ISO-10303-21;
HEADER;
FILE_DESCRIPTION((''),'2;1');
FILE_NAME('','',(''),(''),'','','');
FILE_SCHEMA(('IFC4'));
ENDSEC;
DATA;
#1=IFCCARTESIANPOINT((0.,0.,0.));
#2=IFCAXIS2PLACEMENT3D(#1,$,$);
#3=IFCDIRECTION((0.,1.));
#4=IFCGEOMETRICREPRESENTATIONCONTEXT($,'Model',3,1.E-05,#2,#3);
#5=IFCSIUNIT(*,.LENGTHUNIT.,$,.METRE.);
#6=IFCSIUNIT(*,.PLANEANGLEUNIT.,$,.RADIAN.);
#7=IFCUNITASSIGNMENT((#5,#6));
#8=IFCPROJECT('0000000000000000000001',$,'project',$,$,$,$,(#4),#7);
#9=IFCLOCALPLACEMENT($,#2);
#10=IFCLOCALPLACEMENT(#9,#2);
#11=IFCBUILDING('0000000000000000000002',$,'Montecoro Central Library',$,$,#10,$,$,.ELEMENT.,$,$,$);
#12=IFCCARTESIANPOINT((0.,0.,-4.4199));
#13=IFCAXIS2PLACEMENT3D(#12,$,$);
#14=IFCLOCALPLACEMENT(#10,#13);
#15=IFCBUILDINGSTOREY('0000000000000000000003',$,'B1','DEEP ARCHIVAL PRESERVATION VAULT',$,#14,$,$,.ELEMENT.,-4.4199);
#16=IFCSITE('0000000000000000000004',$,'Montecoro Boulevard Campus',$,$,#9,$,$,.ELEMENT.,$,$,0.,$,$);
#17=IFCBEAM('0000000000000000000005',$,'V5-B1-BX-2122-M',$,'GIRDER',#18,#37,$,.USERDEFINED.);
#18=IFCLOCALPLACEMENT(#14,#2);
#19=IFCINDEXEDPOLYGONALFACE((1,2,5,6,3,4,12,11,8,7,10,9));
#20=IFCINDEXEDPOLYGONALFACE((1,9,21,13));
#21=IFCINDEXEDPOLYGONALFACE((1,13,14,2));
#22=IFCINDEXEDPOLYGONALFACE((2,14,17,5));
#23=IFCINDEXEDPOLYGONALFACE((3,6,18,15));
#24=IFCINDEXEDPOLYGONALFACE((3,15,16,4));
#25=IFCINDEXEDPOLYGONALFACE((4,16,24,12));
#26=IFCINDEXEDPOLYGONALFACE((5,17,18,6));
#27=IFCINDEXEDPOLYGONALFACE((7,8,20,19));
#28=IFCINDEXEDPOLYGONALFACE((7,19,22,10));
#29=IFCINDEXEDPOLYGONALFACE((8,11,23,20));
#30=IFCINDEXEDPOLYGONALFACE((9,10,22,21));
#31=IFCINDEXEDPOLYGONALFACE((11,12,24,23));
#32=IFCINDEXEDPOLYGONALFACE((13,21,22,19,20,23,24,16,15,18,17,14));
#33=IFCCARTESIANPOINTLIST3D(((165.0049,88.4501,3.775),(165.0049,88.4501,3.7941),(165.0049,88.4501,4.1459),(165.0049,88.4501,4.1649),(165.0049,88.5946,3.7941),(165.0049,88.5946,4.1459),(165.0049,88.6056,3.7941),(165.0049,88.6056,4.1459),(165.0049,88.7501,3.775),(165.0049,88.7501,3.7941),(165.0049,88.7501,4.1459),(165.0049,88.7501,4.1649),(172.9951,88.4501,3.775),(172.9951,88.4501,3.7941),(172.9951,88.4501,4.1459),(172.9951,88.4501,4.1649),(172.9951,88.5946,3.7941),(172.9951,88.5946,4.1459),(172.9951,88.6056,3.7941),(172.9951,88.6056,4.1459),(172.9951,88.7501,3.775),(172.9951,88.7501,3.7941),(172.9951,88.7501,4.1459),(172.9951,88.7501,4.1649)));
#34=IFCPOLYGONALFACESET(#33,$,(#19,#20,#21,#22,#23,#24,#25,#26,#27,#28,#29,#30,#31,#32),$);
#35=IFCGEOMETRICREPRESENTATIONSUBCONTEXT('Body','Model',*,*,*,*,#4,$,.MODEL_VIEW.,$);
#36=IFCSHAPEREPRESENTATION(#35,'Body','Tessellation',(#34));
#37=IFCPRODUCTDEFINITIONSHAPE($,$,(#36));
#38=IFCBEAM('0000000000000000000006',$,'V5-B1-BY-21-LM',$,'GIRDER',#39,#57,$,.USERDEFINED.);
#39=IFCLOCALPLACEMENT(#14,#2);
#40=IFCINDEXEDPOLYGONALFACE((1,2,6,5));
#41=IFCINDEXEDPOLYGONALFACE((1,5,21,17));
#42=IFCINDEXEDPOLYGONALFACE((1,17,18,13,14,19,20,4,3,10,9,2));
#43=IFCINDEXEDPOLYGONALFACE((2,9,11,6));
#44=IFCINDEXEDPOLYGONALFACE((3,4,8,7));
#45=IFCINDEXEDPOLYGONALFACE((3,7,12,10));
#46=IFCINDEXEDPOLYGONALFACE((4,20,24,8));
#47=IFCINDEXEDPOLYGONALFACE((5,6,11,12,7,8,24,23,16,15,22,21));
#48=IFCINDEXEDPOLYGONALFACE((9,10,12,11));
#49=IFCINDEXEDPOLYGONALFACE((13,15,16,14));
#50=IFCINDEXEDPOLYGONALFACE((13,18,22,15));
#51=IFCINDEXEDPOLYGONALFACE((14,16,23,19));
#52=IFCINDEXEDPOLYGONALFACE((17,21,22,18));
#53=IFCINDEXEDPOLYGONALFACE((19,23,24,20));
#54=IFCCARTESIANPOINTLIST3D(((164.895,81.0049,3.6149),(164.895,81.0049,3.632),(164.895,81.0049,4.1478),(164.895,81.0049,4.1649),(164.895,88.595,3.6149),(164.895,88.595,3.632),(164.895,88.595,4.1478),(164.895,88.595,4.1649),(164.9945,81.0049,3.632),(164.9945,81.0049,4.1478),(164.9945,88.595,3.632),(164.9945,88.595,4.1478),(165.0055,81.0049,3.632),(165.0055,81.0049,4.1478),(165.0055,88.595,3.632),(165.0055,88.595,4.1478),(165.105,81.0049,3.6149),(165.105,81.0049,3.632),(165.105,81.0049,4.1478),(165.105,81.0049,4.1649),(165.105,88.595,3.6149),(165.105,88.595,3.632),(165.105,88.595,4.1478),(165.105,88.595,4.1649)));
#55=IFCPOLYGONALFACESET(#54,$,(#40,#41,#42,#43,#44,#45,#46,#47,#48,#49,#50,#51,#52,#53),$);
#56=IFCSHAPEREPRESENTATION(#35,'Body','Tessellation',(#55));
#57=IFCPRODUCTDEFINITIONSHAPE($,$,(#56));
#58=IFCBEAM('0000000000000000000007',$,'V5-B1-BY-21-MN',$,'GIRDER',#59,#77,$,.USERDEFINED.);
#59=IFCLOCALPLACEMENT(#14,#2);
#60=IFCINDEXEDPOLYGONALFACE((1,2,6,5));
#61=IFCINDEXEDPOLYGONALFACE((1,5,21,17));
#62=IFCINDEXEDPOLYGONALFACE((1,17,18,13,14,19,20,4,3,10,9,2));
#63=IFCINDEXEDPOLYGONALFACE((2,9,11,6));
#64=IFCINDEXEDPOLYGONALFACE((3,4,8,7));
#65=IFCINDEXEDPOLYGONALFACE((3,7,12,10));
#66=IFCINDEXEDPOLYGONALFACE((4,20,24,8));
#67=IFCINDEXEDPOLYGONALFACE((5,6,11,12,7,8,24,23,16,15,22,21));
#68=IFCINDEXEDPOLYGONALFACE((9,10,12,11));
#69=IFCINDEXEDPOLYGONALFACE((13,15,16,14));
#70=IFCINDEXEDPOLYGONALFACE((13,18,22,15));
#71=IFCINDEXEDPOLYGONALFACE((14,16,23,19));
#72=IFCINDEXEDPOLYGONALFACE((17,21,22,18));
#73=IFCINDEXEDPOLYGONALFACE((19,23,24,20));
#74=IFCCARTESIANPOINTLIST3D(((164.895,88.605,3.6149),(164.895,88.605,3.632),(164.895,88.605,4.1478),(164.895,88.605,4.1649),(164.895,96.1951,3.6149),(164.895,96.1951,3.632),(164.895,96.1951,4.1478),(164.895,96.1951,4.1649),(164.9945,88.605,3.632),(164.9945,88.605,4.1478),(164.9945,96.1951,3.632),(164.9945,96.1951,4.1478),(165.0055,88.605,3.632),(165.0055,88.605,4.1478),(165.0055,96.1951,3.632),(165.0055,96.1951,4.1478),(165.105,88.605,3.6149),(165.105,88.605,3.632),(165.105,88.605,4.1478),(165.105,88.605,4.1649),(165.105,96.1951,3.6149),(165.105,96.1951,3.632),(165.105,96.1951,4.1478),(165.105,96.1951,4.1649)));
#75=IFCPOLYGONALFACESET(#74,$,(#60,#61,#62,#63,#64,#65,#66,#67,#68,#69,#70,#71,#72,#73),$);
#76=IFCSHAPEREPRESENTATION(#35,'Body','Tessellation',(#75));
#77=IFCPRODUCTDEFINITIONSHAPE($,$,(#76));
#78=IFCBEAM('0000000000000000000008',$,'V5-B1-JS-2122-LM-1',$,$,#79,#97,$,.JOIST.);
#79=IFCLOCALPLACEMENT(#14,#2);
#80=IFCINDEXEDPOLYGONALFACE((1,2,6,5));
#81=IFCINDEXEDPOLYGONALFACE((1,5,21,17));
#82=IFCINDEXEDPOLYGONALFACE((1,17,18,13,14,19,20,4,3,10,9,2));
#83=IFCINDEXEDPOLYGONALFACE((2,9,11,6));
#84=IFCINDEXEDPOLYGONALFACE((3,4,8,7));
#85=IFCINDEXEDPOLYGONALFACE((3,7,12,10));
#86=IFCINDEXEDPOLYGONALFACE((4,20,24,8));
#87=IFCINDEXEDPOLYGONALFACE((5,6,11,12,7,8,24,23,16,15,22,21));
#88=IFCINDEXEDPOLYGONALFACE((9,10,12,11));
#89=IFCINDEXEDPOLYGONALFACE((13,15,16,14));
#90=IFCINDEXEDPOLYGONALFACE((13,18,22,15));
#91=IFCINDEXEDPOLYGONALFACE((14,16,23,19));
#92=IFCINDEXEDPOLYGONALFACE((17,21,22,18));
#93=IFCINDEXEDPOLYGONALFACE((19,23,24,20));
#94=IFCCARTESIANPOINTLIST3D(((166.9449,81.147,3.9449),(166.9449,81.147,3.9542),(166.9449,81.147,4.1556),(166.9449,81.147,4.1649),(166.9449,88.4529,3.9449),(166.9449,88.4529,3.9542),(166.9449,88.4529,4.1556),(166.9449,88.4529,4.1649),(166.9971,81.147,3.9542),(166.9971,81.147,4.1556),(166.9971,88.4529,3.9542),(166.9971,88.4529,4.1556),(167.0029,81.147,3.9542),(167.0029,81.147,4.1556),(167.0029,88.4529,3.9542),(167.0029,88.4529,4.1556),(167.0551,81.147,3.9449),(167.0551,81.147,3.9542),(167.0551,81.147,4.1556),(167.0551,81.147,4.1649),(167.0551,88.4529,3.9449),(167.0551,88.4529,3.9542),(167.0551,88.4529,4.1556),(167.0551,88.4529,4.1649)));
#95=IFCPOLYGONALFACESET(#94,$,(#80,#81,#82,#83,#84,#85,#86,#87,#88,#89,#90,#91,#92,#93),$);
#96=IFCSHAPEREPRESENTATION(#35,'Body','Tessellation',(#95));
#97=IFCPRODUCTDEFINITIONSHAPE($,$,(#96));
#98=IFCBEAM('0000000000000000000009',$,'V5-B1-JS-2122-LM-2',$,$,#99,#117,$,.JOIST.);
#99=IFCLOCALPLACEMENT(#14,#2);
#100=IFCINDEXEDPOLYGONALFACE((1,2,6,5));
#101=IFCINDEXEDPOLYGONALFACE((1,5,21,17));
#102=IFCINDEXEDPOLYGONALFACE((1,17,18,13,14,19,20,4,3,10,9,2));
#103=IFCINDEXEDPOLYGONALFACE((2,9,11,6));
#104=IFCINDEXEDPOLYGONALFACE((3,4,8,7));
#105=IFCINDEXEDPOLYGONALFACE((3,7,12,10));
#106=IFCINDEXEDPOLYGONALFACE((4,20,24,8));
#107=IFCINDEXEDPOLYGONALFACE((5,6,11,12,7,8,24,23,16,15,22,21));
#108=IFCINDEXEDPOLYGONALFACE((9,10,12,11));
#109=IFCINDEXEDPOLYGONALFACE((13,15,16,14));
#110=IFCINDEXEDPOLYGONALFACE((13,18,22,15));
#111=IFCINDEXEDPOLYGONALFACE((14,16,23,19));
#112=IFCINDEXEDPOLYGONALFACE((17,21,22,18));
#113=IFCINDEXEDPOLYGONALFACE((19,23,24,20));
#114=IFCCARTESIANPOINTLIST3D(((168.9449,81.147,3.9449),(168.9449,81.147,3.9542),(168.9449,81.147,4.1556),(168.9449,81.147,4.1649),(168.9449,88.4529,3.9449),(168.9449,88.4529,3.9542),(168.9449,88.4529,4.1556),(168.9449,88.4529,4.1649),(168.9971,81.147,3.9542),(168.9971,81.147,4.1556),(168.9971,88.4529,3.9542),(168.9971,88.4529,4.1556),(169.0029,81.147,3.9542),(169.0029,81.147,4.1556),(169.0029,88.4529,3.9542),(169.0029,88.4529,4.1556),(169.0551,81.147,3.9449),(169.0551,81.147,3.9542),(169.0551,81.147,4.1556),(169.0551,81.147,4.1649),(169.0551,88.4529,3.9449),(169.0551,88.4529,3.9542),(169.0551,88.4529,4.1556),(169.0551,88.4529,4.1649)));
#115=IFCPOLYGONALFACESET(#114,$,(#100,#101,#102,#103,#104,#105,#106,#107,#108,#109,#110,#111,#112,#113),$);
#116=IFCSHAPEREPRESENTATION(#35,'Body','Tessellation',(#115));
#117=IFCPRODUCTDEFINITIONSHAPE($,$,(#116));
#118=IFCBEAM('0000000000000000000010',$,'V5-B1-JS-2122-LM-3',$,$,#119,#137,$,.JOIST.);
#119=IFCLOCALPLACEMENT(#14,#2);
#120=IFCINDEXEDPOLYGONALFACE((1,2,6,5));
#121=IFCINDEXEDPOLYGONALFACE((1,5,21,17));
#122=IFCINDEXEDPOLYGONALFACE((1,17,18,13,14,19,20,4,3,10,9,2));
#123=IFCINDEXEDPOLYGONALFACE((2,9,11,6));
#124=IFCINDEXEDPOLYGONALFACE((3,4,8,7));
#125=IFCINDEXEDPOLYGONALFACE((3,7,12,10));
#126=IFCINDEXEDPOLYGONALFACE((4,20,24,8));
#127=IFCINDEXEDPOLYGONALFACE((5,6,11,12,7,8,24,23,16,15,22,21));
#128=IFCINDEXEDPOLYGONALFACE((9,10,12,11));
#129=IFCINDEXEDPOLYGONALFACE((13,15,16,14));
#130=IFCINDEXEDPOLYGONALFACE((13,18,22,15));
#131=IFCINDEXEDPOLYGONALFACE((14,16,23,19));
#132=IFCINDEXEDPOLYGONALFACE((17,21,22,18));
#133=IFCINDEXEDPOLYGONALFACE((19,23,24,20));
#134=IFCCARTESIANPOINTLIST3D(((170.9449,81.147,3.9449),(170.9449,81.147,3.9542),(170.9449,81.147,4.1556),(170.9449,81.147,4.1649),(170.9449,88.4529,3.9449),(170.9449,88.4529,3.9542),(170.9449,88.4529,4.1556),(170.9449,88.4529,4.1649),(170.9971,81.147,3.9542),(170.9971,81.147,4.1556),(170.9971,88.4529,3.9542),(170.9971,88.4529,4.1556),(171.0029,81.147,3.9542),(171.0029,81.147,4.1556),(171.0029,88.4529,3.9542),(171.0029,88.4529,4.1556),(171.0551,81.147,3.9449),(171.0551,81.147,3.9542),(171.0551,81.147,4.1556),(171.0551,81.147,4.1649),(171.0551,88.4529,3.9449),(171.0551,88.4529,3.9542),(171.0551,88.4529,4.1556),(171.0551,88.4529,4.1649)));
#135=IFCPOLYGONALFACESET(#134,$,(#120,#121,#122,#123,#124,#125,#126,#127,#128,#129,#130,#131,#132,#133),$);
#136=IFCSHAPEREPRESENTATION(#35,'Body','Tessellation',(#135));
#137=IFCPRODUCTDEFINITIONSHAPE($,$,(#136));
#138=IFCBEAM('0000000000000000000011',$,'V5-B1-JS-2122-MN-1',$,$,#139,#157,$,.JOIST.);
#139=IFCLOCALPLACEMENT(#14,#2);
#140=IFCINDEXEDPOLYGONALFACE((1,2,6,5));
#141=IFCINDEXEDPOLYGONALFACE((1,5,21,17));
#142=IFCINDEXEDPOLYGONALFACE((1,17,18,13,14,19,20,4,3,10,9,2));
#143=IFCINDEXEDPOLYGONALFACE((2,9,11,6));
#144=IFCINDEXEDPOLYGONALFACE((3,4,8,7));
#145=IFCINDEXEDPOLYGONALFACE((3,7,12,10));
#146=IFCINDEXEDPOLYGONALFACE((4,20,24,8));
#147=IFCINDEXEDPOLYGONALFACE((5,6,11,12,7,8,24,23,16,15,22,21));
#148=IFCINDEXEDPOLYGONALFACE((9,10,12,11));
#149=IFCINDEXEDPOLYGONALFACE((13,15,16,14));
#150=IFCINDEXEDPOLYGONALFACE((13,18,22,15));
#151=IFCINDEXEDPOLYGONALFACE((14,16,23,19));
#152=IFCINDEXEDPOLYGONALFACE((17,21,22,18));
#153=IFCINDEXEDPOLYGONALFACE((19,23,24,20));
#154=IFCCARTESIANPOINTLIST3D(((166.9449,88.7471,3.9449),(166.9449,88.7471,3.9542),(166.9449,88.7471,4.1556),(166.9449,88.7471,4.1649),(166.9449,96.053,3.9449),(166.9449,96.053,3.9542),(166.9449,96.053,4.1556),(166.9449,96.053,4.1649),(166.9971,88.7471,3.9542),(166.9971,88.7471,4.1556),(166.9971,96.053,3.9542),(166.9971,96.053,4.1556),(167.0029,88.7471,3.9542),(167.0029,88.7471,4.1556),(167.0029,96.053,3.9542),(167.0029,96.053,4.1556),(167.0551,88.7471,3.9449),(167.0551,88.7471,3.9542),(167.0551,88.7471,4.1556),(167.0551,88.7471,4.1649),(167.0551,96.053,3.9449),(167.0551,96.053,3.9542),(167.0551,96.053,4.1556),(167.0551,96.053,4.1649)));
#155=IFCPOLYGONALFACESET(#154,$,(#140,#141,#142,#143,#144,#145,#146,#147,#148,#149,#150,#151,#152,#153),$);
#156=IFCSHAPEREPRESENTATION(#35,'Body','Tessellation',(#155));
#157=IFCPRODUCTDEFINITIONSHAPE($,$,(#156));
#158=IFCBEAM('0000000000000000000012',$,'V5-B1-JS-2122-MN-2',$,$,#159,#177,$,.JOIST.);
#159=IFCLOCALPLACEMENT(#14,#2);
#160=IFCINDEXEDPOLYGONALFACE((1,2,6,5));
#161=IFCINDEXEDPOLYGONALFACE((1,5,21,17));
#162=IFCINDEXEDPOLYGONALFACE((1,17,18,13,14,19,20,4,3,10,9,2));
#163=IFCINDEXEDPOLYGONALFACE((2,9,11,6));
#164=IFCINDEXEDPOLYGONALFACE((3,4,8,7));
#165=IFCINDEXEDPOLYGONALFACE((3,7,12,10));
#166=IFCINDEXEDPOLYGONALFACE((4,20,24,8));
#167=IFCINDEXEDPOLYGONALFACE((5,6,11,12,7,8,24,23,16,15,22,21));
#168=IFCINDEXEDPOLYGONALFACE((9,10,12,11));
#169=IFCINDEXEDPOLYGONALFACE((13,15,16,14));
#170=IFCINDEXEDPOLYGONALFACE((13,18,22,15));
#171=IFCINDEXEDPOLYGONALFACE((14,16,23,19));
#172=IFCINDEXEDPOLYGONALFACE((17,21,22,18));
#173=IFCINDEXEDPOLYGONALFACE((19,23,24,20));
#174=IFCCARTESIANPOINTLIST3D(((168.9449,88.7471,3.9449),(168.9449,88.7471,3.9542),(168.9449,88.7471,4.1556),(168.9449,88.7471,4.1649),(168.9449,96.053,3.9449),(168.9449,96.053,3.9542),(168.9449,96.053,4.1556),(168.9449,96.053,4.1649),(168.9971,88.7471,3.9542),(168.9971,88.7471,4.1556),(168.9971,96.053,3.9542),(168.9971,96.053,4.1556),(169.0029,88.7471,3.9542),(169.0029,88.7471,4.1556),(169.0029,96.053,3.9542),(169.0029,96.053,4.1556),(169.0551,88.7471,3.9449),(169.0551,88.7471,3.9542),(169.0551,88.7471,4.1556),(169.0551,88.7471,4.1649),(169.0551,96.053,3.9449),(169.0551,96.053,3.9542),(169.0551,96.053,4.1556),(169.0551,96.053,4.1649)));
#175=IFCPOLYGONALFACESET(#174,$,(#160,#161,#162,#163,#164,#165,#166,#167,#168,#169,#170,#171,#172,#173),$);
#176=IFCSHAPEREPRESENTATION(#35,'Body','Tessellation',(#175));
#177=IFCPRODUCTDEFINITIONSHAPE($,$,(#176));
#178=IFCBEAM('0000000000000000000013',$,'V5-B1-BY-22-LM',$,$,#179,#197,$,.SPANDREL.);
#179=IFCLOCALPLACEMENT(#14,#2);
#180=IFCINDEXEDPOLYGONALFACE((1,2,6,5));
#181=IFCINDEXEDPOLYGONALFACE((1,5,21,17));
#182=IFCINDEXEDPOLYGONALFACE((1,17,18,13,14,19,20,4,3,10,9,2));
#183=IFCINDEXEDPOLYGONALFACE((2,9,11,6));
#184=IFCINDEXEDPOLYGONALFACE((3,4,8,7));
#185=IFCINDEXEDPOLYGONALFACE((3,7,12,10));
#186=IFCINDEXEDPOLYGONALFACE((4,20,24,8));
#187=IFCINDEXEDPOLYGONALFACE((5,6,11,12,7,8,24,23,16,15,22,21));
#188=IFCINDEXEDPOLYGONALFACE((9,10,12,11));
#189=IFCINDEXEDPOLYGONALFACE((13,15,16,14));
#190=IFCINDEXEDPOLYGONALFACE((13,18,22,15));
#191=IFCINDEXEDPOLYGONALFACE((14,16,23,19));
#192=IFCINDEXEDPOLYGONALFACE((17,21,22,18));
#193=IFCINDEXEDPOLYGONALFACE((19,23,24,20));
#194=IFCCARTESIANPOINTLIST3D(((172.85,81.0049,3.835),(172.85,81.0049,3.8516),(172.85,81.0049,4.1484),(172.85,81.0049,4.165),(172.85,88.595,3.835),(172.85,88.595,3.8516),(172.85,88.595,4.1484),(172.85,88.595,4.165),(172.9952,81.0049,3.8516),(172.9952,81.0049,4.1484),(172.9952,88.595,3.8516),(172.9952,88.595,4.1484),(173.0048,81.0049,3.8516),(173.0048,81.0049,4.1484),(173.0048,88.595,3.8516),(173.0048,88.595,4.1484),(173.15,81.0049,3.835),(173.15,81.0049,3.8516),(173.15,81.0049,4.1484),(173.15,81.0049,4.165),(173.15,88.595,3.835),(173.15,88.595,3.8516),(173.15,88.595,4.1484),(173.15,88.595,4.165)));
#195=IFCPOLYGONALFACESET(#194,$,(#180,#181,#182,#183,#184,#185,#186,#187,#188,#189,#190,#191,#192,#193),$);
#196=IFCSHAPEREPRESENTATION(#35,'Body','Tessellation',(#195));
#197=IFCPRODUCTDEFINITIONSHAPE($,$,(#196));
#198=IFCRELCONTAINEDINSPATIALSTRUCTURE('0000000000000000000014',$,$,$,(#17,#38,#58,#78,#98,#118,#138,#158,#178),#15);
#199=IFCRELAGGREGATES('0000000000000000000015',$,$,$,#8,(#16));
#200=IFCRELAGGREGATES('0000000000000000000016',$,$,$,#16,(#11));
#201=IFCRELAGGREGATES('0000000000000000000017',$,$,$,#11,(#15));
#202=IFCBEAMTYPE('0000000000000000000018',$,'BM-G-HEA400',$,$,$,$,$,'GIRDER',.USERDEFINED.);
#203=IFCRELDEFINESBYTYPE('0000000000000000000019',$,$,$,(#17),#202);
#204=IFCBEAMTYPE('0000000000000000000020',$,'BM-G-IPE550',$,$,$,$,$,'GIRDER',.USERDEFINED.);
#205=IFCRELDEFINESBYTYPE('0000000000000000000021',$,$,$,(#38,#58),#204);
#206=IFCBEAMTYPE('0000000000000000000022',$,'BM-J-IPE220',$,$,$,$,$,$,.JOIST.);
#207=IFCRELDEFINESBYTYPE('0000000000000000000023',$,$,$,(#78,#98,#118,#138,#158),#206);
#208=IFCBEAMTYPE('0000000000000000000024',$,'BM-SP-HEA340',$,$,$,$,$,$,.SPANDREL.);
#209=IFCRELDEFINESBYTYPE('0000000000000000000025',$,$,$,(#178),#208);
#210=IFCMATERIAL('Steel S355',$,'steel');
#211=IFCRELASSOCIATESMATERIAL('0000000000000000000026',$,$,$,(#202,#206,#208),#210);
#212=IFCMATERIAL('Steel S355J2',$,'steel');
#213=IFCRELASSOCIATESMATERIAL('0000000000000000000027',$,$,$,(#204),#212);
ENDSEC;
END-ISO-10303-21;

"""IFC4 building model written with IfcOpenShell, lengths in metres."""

from ifc_helpers import new_model, si_unit, direction, frame, origin, origin_2d, place, context, subcontext, project, spatial, i_section, extrude, material, material_profile, profile_set, type_object, element, save


model = new_model("IFC4")

# Units and contexts
model_context = context("Model", 3, precision=1e-05, world=origin(), true_north=direction((0.0, 1.0)))
body_context = subcontext(model_context, "Body", "Model", "MODEL_VIEW")
ifc_project = project(units=[si_unit("LENGTHUNIT", "METRE"), si_unit("PLANEANGLEUNIT", "RADIAN")], contexts=[model_context])

# Site, building, storey
site_placement = place(None, origin())
site = spatial("IfcSite", under=ifc_project, at=site_placement, Name="Montecoro Boulevard Campus", CompositionType="ELEMENT", RefElevation=0.0)
building_placement = place(site_placement, origin())
building = spatial("IfcBuilding", under=site, at=building_placement, Name="Montecoro Central Library", CompositionType="ELEMENT")
storey_placement = place(building_placement, frame((0.0, 0.0, -4.4199)))
storey = spatial("IfcBuildingStorey", under=building, at=storey_placement, Name="B1", Description="DEEP ARCHIVAL PRESERVATION VAULT", CompositionType="ELEMENT", Elevation=-4.4199)

# Shared definitions
ifc_material_1 = material(Name="Steel S355J2", Category="steel")

# Beams
ifc_material_2 = material(Name="Steel S355", Category="steel")
ifc_material_profile_1 = material_profile(ifc_material_2, i_section(OverallWidth=0.3, OverallDepth=0.3899, WebThickness=0.011, FlangeThickness=0.019, at=origin_2d()), Name="HEA 400")
ifc_profile_set_1 = profile_set([ifc_material_profile_1], Name="Steel S355")
beam_type_1 = type_object("IfcBeamType", Name="BM-G-HEA400", ElementType="GIRDER", PredefinedType="USERDEFINED", material=ifc_profile_set_1)
for number, where, z_axis, x_axis, name in (
    (1, (165.0049, 88.6001, 3.97), (1.0, 0.0, 0.0), (0.0, 1.0, 0.0), "V5-B1-BX-2122-M"),
):
    element("IfcBeam", number, at=place(storey_placement, frame(where, z_axis=z_axis, x_axis=x_axis)), inside=storey, type_object=beam_type_1, Name=name, ObjectType="GIRDER", PredefinedType="USERDEFINED", context=body_context, shape_type="SweptSolid", body=[
        extrude(i_section(OverallWidth=0.3, OverallDepth=0.3899, WebThickness=0.011, FlangeThickness=0.019, at=origin_2d()), origin(), (0.0, 0.0, 1.0), 7.9902),
    ])
ifc_material_profile_2 = material_profile(ifc_material_1, i_section(OverallWidth=0.21, OverallDepth=0.55, WebThickness=0.011, FlangeThickness=0.0171, at=origin_2d()), Name="IPE 550")
ifc_profile_set_2 = profile_set([ifc_material_profile_2], Name="Steel S355J2")
beam_type_2 = type_object("IfcBeamType", Name="BM-G-IPE550", ElementType="GIRDER", PredefinedType="USERDEFINED", material=ifc_profile_set_2)
for number, where, z_axis, x_axis, name in (
    (2, (165.0, 81.0049, 3.8899), (0.0, 1.0, 0.0), (-1.0, 0.0, 0.0), "V5-B1-BY-21-LM"),
    (3, (165.0, 88.605, 3.8899), (0.0, 1.0, 0.0), (-1.0, 0.0, 0.0), "V5-B1-BY-21-MN"),
):
    element("IfcBeam", number, at=place(storey_placement, frame(where, z_axis=z_axis, x_axis=x_axis)), inside=storey, type_object=beam_type_2, Name=name, ObjectType="GIRDER", PredefinedType="USERDEFINED", context=body_context, shape_type="SweptSolid", body=[
        extrude(i_section(OverallWidth=0.21, OverallDepth=0.55, WebThickness=0.011, FlangeThickness=0.0171, at=origin_2d()), origin(), (0.0, 0.0, 1.0), 7.5901),
    ])
ifc_material_profile_3 = material_profile(ifc_material_2, i_section(OverallWidth=0.1101, OverallDepth=0.22, WebThickness=0.0059, FlangeThickness=0.0093, at=origin_2d()), Name="IPE 220")
ifc_profile_set_3 = profile_set([ifc_material_profile_3], Name="Steel S355")
beam_type_3 = type_object("IfcBeamType", Name="BM-J-IPE220", PredefinedType="JOIST", material=ifc_profile_set_3)
for number, where, z_axis, x_axis, name in (
    (4, (167.0, 81.147, 4.0549), (0.0, 1.0, 0.0), (-1.0, 0.0, 0.0), "V5-B1-JS-2122-LM-1"),
    (5, (169.0, 81.147, 4.0549), (0.0, 1.0, 0.0), (-1.0, 0.0, 0.0), "V5-B1-JS-2122-LM-2"),
    (6, (171.0, 81.147, 4.0549), (0.0, 1.0, 0.0), (-1.0, 0.0, 0.0), "V5-B1-JS-2122-LM-3"),
    (7, (167.0, 88.7471, 4.0549), (0.0, 1.0, 0.0), (-1.0, 0.0, 0.0), "V5-B1-JS-2122-MN-1"),
    (8, (169.0, 88.7471, 4.0549), (0.0, 1.0, 0.0), (-1.0, 0.0, 0.0), "V5-B1-JS-2122-MN-2"),
):
    element("IfcBeam", number, at=place(storey_placement, frame(where, z_axis=z_axis, x_axis=x_axis)), inside=storey, type_object=beam_type_3, Name=name, PredefinedType="JOIST", context=body_context, shape_type="SweptSolid", body=[
        extrude(i_section(OverallWidth=0.1101, OverallDepth=0.22, WebThickness=0.0059, FlangeThickness=0.0093, at=origin_2d()), origin(), (0.0, 0.0, 1.0), 7.3059),
    ])
ifc_material_profile_4 = material_profile(ifc_material_2, i_section(OverallWidth=0.3, OverallDepth=0.3301, WebThickness=0.0095, FlangeThickness=0.0166, at=origin_2d()), Name="HEA 340")
ifc_profile_set_4 = profile_set([ifc_material_profile_4], Name="Steel S355")
beam_type_4 = type_object("IfcBeamType", Name="BM-SP-HEA340", PredefinedType="SPANDREL", material=ifc_profile_set_4)
for number, where, z_axis, x_axis, name in (
    (9, (173.0, 81.0049, 4.0), (0.0, 1.0, 0.0), (-1.0, 0.0, 0.0), "V5-B1-BY-22-LM"),
):
    element("IfcBeam", number, at=place(storey_placement, frame(where, z_axis=z_axis, x_axis=x_axis)), inside=storey, type_object=beam_type_4, Name=name, PredefinedType="SPANDREL", context=body_context, shape_type="SweptSolid", body=[
        extrude(i_section(OverallWidth=0.3, OverallDepth=0.3301, WebThickness=0.0095, FlangeThickness=0.0166, at=origin_2d()), origin(), (0.0, 0.0, 1.0), 7.5901),
    ])

save(model, "model.ifc")
